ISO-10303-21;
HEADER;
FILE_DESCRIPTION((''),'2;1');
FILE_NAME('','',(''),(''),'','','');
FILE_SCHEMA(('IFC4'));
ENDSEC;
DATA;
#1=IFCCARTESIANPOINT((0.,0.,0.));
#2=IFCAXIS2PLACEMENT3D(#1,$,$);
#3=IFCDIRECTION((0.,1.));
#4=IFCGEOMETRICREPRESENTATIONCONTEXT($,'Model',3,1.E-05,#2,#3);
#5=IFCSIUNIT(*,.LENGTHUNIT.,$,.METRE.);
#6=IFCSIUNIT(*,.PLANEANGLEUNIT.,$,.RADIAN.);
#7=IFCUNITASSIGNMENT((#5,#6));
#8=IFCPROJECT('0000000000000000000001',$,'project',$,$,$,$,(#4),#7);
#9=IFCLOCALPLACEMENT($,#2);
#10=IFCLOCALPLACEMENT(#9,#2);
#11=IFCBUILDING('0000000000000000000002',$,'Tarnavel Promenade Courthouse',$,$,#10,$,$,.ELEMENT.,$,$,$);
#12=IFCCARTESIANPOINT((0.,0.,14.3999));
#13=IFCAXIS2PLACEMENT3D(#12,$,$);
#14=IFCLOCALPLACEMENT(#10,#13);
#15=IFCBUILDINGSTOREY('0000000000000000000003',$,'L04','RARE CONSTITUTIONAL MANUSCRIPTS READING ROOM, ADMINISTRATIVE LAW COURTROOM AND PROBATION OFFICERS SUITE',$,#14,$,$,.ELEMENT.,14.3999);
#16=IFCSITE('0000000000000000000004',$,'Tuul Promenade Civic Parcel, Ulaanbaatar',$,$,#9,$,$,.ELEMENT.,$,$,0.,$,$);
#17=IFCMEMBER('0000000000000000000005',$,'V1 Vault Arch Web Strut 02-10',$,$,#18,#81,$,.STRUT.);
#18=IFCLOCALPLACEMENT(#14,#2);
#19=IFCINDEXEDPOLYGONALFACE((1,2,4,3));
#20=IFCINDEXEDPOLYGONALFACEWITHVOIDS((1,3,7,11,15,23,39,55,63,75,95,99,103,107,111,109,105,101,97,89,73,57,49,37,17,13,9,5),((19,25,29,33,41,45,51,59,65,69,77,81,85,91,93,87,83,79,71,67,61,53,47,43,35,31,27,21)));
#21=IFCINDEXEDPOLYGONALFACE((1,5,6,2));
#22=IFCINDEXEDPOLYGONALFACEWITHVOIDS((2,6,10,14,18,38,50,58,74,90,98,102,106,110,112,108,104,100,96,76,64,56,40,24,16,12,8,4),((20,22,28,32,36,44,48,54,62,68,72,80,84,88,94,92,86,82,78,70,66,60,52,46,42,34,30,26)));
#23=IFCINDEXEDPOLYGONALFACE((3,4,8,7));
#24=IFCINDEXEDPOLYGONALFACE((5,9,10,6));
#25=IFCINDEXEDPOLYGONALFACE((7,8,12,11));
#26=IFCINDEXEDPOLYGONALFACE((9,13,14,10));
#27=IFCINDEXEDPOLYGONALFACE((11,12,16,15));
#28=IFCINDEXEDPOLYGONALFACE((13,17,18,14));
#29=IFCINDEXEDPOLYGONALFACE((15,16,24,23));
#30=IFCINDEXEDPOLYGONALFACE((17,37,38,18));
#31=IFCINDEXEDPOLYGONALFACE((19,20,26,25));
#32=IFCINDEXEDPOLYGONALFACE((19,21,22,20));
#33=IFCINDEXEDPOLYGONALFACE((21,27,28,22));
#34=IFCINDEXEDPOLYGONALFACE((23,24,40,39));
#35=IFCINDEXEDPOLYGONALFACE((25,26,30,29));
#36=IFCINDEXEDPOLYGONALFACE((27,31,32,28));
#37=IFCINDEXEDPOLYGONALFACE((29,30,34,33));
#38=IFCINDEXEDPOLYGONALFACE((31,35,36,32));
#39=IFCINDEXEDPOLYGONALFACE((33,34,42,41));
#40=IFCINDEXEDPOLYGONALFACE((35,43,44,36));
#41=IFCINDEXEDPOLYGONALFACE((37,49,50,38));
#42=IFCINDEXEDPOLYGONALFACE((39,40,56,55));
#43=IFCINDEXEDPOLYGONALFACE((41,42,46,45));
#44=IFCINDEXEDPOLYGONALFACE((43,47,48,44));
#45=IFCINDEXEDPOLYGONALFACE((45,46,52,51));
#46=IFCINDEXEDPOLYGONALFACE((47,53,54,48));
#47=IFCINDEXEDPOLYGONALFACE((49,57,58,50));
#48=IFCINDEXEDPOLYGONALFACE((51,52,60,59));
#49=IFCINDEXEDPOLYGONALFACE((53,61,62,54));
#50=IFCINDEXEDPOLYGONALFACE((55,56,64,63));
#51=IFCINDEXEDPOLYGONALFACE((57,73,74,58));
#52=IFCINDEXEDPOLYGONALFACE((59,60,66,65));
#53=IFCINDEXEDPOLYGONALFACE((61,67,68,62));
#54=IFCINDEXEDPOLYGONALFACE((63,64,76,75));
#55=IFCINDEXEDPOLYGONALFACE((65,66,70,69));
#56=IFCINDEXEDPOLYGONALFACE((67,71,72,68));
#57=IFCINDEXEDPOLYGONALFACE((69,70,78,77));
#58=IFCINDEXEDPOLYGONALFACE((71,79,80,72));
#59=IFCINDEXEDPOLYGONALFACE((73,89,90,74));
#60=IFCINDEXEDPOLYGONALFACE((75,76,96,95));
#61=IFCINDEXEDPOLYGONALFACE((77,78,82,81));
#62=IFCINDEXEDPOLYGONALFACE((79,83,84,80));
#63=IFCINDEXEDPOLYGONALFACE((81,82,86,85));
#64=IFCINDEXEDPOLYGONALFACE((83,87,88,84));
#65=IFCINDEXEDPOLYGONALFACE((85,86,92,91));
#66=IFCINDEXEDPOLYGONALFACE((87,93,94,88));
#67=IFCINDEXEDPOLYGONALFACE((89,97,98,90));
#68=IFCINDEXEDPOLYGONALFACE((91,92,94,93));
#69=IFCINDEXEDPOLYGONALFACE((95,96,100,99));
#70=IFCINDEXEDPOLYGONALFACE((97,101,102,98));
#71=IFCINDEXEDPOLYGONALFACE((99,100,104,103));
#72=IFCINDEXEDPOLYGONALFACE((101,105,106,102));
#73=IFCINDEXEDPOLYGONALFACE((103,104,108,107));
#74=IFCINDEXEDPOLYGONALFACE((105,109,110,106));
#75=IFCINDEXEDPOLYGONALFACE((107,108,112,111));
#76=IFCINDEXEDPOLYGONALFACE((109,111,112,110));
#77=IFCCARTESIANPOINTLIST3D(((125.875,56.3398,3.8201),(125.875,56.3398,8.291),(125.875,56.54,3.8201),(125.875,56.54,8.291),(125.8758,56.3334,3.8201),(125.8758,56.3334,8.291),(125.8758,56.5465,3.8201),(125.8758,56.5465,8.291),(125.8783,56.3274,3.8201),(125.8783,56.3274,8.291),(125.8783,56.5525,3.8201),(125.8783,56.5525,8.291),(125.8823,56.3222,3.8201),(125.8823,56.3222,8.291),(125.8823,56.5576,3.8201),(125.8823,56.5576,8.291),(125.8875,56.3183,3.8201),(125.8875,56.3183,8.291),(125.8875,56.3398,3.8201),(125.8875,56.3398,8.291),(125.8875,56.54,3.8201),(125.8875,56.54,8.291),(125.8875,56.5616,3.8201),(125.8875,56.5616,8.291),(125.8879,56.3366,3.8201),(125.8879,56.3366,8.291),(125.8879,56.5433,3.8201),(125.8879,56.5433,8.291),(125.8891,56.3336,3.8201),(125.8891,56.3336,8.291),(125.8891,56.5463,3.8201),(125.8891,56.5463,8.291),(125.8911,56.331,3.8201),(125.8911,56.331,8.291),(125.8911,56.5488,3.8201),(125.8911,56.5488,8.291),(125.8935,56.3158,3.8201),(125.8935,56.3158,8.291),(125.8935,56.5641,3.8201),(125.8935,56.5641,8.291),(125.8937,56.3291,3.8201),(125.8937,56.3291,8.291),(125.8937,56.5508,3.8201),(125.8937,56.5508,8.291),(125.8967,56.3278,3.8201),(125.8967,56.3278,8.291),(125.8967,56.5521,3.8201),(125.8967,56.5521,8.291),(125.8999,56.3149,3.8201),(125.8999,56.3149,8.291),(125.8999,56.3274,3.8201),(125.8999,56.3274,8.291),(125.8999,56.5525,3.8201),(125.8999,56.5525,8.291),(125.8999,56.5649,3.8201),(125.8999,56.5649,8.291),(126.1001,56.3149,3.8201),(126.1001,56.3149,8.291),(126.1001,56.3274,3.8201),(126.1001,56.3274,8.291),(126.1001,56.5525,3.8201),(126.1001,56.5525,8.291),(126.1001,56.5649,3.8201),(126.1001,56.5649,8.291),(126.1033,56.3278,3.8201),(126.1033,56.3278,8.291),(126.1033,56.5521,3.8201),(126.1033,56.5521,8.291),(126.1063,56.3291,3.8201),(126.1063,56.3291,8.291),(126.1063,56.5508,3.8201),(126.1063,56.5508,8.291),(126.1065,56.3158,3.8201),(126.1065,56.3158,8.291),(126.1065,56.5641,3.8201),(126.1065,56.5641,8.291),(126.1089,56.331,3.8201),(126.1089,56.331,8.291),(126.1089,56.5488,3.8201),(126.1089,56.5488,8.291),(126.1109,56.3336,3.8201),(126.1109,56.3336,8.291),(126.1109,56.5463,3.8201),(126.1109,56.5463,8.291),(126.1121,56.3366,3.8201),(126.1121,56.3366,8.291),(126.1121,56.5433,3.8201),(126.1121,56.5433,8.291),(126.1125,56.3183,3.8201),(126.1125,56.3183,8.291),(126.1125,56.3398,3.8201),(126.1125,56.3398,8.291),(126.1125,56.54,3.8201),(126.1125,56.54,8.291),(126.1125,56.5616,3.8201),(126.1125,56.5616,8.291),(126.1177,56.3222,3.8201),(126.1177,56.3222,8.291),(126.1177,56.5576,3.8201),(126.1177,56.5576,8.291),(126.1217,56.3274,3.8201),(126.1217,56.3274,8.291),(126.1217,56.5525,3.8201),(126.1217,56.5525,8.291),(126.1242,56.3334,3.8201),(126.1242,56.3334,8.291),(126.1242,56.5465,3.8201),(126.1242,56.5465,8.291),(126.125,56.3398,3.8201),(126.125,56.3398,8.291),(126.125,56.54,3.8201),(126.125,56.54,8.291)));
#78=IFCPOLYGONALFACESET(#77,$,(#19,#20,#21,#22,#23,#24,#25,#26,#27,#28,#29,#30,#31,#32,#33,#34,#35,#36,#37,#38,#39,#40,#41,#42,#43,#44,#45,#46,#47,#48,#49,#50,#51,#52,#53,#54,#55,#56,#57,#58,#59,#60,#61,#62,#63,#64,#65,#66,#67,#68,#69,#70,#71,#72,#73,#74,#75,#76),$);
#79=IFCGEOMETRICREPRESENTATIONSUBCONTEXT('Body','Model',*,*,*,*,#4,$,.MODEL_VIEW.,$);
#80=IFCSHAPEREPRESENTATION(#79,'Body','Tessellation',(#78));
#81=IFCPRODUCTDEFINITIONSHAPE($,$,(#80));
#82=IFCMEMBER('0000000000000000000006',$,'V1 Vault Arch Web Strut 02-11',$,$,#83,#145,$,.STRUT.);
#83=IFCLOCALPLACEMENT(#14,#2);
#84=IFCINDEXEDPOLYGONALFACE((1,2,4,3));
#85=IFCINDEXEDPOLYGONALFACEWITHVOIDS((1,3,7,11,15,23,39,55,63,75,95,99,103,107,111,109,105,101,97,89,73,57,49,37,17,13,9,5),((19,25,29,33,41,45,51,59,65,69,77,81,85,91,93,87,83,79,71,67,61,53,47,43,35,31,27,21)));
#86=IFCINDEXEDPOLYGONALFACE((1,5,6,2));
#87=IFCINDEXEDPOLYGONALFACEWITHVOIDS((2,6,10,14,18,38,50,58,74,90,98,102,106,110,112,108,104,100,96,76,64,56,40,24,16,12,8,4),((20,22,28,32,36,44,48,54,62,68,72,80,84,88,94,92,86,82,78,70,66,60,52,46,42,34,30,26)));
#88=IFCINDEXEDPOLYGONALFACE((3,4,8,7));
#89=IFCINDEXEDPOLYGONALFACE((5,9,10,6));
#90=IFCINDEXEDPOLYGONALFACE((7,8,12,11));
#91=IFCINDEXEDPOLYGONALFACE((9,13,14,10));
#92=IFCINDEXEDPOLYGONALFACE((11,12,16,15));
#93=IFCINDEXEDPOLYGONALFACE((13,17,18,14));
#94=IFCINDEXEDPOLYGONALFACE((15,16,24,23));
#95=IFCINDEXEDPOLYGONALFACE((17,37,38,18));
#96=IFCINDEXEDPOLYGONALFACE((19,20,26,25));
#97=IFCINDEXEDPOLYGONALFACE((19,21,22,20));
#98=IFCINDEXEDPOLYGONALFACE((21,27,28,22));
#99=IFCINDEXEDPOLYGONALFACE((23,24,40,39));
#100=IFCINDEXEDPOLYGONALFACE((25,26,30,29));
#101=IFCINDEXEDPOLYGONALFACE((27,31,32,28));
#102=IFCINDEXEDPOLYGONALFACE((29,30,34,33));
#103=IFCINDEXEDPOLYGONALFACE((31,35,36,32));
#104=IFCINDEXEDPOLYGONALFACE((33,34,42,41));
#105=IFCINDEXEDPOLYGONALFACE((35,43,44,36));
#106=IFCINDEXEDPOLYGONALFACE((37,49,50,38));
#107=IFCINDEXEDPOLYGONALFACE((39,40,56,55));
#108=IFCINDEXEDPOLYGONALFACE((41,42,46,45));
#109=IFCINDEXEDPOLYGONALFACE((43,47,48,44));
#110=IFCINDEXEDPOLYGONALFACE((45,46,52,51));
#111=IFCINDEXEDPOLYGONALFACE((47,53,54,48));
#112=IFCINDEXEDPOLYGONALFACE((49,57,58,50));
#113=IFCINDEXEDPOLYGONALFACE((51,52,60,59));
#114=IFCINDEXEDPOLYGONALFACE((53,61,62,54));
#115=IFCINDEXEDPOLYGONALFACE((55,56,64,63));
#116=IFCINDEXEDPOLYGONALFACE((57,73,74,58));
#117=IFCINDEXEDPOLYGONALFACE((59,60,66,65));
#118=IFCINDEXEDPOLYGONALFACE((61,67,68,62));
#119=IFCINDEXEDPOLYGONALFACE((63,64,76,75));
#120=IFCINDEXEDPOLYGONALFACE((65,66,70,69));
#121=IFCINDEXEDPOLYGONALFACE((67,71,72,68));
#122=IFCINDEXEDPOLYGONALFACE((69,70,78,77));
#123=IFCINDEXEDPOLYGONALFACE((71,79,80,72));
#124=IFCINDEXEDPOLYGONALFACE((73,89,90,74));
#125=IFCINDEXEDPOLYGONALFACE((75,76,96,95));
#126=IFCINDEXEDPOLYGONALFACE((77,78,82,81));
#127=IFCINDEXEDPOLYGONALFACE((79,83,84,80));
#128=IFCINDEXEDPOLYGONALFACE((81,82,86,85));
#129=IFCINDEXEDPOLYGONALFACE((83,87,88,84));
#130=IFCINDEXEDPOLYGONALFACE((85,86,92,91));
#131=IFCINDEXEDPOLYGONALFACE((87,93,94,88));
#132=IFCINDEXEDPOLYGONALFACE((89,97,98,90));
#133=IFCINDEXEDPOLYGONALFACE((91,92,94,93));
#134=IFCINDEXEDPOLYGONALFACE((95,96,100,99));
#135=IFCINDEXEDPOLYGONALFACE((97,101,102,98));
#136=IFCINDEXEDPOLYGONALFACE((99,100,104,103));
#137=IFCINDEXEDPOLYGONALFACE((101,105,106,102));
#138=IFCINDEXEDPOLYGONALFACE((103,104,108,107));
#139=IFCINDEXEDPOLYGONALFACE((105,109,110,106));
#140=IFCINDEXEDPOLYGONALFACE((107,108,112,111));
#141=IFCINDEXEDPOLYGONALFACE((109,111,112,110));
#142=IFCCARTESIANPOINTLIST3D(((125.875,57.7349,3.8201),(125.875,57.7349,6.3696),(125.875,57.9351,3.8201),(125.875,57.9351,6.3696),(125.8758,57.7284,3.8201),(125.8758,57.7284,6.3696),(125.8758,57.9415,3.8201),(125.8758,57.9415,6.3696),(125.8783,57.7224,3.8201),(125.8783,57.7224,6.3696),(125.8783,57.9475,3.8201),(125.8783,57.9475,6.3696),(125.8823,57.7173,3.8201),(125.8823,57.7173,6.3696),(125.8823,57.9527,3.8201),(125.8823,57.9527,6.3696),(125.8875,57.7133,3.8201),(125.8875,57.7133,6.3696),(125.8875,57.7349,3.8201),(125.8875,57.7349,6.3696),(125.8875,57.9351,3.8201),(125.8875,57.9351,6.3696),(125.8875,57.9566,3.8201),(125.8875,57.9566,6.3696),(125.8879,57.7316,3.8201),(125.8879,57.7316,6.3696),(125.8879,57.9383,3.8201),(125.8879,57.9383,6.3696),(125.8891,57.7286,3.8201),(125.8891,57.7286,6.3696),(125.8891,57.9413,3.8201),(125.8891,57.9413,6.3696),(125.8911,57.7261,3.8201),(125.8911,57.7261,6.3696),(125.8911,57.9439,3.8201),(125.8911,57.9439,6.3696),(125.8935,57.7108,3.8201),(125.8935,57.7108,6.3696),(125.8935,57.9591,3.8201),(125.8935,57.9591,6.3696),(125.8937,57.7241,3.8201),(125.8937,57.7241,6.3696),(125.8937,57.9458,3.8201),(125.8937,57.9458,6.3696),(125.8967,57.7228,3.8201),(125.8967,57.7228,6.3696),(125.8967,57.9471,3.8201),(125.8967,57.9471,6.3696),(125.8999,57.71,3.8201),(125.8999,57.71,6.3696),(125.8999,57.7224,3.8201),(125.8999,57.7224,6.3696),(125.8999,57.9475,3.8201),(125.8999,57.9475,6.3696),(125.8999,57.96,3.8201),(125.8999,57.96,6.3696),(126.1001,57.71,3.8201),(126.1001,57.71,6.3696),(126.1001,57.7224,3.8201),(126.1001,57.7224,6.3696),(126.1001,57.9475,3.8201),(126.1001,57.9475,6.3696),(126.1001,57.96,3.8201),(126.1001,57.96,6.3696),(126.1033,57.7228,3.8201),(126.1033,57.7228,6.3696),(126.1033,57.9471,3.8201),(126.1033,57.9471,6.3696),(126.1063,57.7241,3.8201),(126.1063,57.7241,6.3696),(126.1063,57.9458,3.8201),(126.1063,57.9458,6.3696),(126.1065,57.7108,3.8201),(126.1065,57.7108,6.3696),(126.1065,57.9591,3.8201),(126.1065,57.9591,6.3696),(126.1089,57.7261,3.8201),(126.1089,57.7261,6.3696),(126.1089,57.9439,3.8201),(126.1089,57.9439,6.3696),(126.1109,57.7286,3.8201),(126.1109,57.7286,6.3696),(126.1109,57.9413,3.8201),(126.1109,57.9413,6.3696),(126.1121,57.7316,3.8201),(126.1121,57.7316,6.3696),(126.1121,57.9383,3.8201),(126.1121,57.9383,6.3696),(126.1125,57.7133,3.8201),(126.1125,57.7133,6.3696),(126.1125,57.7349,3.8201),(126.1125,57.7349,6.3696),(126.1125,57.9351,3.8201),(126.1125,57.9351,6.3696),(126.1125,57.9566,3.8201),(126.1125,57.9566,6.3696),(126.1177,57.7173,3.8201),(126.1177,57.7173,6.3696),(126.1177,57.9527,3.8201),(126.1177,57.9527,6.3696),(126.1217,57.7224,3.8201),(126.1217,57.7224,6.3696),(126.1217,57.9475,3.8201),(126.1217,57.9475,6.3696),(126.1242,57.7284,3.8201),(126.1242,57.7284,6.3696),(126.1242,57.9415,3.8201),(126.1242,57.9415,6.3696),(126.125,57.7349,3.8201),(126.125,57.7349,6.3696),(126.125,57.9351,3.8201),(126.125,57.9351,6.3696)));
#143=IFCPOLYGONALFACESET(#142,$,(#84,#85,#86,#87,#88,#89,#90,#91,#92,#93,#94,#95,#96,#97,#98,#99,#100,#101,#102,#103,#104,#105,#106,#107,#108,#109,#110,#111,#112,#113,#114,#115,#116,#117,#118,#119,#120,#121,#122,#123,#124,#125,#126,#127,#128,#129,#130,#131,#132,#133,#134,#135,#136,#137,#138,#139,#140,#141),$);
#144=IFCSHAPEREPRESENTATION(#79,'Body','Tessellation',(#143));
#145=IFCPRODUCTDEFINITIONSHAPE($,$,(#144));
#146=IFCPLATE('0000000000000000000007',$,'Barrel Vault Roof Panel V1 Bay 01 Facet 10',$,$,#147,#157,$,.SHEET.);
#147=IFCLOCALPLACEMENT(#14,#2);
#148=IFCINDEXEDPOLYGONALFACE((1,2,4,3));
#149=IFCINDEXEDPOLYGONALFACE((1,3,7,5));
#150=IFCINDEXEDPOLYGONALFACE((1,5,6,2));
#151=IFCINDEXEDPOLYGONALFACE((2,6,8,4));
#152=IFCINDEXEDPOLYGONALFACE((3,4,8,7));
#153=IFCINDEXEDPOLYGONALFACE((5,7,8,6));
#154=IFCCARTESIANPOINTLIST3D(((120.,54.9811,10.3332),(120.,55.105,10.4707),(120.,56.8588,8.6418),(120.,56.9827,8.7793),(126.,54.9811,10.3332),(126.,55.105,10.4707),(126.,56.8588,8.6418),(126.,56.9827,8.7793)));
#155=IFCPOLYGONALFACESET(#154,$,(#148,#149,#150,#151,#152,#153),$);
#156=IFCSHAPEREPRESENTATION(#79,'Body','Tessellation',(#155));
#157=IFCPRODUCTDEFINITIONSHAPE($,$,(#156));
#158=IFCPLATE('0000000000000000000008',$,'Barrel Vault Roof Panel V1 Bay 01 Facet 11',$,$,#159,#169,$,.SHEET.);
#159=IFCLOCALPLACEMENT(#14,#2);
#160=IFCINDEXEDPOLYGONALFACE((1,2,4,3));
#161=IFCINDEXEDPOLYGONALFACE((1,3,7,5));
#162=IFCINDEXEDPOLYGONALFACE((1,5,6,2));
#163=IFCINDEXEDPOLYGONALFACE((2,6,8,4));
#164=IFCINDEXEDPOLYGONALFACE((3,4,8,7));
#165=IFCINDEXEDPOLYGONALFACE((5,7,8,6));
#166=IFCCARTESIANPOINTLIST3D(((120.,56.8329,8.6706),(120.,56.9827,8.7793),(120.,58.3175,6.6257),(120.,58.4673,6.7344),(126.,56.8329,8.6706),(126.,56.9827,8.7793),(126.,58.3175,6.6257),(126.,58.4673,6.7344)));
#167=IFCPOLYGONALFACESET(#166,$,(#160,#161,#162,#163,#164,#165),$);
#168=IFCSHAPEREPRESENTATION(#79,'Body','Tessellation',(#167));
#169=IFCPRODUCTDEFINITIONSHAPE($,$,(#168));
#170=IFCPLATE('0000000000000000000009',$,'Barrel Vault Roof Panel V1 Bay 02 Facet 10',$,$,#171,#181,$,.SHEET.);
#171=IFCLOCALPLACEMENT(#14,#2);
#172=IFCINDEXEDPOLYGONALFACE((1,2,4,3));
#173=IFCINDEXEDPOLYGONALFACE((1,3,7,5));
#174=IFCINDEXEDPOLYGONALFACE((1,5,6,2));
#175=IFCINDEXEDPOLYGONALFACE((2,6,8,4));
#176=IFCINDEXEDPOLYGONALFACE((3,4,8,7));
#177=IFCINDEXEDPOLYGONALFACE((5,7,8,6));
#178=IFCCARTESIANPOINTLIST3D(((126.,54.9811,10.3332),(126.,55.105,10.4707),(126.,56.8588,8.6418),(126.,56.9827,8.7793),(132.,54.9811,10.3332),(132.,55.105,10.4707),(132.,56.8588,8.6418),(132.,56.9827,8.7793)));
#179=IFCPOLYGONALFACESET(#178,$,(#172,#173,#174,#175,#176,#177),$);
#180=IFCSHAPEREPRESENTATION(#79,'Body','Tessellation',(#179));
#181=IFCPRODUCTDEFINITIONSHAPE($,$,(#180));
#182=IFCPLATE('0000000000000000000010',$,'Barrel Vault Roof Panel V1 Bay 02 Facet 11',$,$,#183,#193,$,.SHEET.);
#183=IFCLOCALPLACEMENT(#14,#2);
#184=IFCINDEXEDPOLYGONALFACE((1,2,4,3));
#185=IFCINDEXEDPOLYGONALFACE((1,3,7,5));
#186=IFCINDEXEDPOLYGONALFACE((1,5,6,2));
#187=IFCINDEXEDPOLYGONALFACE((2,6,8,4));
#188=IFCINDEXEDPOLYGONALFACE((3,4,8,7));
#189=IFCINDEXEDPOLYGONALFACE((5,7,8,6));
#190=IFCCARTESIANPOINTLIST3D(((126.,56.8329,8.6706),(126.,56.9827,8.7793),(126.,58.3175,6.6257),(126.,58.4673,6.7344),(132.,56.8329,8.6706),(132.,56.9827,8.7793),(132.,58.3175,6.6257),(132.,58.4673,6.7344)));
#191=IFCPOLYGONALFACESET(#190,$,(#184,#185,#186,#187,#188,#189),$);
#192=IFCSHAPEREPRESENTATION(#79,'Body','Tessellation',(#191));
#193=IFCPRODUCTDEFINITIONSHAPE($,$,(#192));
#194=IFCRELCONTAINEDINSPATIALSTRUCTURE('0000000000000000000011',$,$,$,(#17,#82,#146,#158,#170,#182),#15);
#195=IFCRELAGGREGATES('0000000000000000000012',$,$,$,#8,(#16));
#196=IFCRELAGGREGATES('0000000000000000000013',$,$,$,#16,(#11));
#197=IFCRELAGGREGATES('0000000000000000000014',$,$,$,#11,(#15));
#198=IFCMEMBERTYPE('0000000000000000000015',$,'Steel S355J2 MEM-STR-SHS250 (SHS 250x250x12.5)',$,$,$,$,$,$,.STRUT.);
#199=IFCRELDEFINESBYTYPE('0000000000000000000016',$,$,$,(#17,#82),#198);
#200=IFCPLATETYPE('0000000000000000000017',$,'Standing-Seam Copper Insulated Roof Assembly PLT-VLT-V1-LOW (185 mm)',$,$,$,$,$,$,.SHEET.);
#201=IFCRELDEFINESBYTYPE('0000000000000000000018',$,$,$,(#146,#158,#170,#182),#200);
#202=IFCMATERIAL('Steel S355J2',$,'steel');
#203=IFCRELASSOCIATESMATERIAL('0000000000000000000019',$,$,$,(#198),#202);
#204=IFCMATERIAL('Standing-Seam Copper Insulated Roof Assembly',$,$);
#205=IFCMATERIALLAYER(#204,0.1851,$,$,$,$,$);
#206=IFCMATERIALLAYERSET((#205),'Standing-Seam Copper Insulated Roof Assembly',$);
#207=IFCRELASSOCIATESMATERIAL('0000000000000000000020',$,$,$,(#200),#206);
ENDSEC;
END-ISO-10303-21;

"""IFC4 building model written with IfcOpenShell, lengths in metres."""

from ifc_helpers import new_model, si_unit, direction, frame, origin, origin_2d, place, context, subcontext, project, spatial, polyline, hollow_rectangle, outline, extrude, material, layer, layer_set, material_profile, profile_set, type_object, element, save


model = new_model("IFC4")

# Units and contexts
model_context = context("Model", 3, precision=1e-05, world=origin(), true_north=direction((0.0, 1.0)))
body_context = subcontext(model_context, "Body", "Model", "MODEL_VIEW")
ifc_project = project(units=[si_unit("LENGTHUNIT", "METRE"), si_unit("PLANEANGLEUNIT", "RADIAN")], contexts=[model_context])

# Site, building, storey
site_placement = place(None, origin())
site = spatial("IfcSite", under=ifc_project, at=site_placement, Name="Tuul Promenade Civic Parcel, Ulaanbaatar", CompositionType="ELEMENT", RefElevation=0.0)
building_placement = place(site_placement, origin())
building = spatial("IfcBuilding", under=site, at=building_placement, Name="Tarnavel Promenade Courthouse", CompositionType="ELEMENT")
storey_placement = place(building_placement, frame((0.0, 0.0, 14.3999)))
storey = spatial("IfcBuildingStorey", under=building, at=storey_placement, Name="L04", Description="RARE CONSTITUTIONAL MANUSCRIPTS READING ROOM, ADMINISTRATIVE LAW COURTROOM AND PROBATION OFFICERS SUITE", CompositionType="ELEMENT", Elevation=14.3999)

# Shared definitions
ifc_material_1 = material(Name="Steel S355J2", Category="steel")

# Members
ifc_material_profile_1 = material_profile(ifc_material_1, hollow_rectangle(XDim=0.25, YDim=0.25, WallThickness=0.0125, InnerFilletRadius=0.0125, OuterFilletRadius=0.0249, at=origin_2d()), Name="SHS 250x250x12.5")
ifc_profile_set_1 = profile_set([ifc_material_profile_1], Name="Steel S355J2")
member_type_1 = type_object("IfcMemberType", Name="Steel S355J2 MEM-STR-SHS250 (SHS 250x250x12.5)", PredefinedType="STRUT", material=ifc_profile_set_1)
member_1_placement = place(storey_placement, frame((126.0, 56.4399, 3.8201), z_axis=(0.0, 0.0, 1.0), x_axis=(1.0, 0.0, 0.0)))
element("IfcMember", 1, at=member_1_placement, inside=storey, type_object=member_type_1, Name="V1 Vault Arch Web Strut 02-10", PredefinedType="STRUT", context=body_context, shape_type="SweptSolid", body=[
    extrude(hollow_rectangle(XDim=0.25, YDim=0.25, WallThickness=0.0125, InnerFilletRadius=0.0125, OuterFilletRadius=0.0249, at=origin_2d()), origin(), (0.0, 0.0, 1.0), 4.4709),
])
member_2_placement = place(storey_placement, frame((126.0, 57.835, 3.8201), z_axis=(0.0, 0.0, 1.0), x_axis=(1.0, 0.0, 0.0)))
element("IfcMember", 2, at=member_2_placement, inside=storey, type_object=member_type_1, Name="V1 Vault Arch Web Strut 02-11", PredefinedType="STRUT", context=body_context, shape_type="SweptSolid", body=[
    extrude(hollow_rectangle(XDim=0.25, YDim=0.25, WallThickness=0.0125, InnerFilletRadius=0.0125, OuterFilletRadius=0.0249, at=origin_2d()), origin(), (0.0, 0.0, 1.0), 2.5496),
])

# Plates
ifc_material_2 = material(Name="Standing-Seam Copper Insulated Roof Assembly")
ifc_layer = layer(ifc_material_2, 0.1851)
ifc_layer_set = layer_set([ifc_layer], Name="Standing-Seam Copper Insulated Roof Assembly")
plate_type = type_object("IfcPlateType", Name="Standing-Seam Copper Insulated Roof Assembly PLT-VLT-V1-LOW (185 mm)", PredefinedType="SHEET", material=ifc_layer_set)
plate_1_placement = place(storey_placement, frame((120.0, 55.105, 10.4707), z_axis=(0.0, 0.66929, 0.743001), x_axis=(1.0, 0.0, 0.0)))
element("IfcPlate", 3, at=plate_1_placement, inside=storey, type_object=plate_type, Name="Barrel Vault Roof Panel V1 Bay 01 Facet 10", PredefinedType="SHEET", context=body_context, shape_type="SweptSolid", body=[
    extrude(outline(polyline([(0.0, 0.0), (6.0, 0.0), (6.0, 2.5272), (0.0, 2.5272), (0.0, 0.0)])), origin(), (0.0, 0.0, -1.0), 0.1851),
])
plate_2_placement = place(storey_placement, frame((120.0, 56.9827, 8.7793), z_axis=(0.0, 0.809225, 0.587499), x_axis=(1.0, 0.0, 0.0)))
element("IfcPlate", 4, at=plate_2_placement, inside=storey, type_object=plate_type, Name="Barrel Vault Roof Panel V1 Bay 01 Facet 11", PredefinedType="SHEET", context=body_context, shape_type="SweptSolid", body=[
    extrude(outline(polyline([(0.0, 0.0), (6.0, 0.0), (6.0, 2.527), (0.0, 2.527), (0.0, 0.0)])), origin(), (0.0, 0.0, -1.0), 0.1851),
])
plate_3_placement = place(storey_placement, frame((126.0, 55.105, 10.4707), z_axis=(0.0, 0.66929, 0.743001), x_axis=(1.0, 0.0, 0.0)))
element("IfcPlate", 5, at=plate_3_placement, inside=storey, type_object=plate_type, Name="Barrel Vault Roof Panel V1 Bay 02 Facet 10", PredefinedType="SHEET", context=body_context, shape_type="SweptSolid", body=[
    extrude(outline(polyline([(0.0, 0.0), (6.0, 0.0), (6.0, 2.5272), (0.0, 2.5272), (0.0, 0.0)])), origin(), (0.0, 0.0, -1.0), 0.1851),
])
plate_4_placement = place(storey_placement, frame((126.0, 56.9827, 8.7793), z_axis=(0.0, 0.809225, 0.587499), x_axis=(1.0, 0.0, 0.0)))
element("IfcPlate", 6, at=plate_4_placement, inside=storey, type_object=plate_type, Name="Barrel Vault Roof Panel V1 Bay 02 Facet 11", PredefinedType="SHEET", context=body_context, shape_type="SweptSolid", body=[
    extrude(outline(polyline([(0.0, 0.0), (6.0, 0.0), (6.0, 2.527), (0.0, 2.527), (0.0, 0.0)])), origin(), (0.0, 0.0, -1.0), 0.1851),
])

save(model, "model.ifc")
